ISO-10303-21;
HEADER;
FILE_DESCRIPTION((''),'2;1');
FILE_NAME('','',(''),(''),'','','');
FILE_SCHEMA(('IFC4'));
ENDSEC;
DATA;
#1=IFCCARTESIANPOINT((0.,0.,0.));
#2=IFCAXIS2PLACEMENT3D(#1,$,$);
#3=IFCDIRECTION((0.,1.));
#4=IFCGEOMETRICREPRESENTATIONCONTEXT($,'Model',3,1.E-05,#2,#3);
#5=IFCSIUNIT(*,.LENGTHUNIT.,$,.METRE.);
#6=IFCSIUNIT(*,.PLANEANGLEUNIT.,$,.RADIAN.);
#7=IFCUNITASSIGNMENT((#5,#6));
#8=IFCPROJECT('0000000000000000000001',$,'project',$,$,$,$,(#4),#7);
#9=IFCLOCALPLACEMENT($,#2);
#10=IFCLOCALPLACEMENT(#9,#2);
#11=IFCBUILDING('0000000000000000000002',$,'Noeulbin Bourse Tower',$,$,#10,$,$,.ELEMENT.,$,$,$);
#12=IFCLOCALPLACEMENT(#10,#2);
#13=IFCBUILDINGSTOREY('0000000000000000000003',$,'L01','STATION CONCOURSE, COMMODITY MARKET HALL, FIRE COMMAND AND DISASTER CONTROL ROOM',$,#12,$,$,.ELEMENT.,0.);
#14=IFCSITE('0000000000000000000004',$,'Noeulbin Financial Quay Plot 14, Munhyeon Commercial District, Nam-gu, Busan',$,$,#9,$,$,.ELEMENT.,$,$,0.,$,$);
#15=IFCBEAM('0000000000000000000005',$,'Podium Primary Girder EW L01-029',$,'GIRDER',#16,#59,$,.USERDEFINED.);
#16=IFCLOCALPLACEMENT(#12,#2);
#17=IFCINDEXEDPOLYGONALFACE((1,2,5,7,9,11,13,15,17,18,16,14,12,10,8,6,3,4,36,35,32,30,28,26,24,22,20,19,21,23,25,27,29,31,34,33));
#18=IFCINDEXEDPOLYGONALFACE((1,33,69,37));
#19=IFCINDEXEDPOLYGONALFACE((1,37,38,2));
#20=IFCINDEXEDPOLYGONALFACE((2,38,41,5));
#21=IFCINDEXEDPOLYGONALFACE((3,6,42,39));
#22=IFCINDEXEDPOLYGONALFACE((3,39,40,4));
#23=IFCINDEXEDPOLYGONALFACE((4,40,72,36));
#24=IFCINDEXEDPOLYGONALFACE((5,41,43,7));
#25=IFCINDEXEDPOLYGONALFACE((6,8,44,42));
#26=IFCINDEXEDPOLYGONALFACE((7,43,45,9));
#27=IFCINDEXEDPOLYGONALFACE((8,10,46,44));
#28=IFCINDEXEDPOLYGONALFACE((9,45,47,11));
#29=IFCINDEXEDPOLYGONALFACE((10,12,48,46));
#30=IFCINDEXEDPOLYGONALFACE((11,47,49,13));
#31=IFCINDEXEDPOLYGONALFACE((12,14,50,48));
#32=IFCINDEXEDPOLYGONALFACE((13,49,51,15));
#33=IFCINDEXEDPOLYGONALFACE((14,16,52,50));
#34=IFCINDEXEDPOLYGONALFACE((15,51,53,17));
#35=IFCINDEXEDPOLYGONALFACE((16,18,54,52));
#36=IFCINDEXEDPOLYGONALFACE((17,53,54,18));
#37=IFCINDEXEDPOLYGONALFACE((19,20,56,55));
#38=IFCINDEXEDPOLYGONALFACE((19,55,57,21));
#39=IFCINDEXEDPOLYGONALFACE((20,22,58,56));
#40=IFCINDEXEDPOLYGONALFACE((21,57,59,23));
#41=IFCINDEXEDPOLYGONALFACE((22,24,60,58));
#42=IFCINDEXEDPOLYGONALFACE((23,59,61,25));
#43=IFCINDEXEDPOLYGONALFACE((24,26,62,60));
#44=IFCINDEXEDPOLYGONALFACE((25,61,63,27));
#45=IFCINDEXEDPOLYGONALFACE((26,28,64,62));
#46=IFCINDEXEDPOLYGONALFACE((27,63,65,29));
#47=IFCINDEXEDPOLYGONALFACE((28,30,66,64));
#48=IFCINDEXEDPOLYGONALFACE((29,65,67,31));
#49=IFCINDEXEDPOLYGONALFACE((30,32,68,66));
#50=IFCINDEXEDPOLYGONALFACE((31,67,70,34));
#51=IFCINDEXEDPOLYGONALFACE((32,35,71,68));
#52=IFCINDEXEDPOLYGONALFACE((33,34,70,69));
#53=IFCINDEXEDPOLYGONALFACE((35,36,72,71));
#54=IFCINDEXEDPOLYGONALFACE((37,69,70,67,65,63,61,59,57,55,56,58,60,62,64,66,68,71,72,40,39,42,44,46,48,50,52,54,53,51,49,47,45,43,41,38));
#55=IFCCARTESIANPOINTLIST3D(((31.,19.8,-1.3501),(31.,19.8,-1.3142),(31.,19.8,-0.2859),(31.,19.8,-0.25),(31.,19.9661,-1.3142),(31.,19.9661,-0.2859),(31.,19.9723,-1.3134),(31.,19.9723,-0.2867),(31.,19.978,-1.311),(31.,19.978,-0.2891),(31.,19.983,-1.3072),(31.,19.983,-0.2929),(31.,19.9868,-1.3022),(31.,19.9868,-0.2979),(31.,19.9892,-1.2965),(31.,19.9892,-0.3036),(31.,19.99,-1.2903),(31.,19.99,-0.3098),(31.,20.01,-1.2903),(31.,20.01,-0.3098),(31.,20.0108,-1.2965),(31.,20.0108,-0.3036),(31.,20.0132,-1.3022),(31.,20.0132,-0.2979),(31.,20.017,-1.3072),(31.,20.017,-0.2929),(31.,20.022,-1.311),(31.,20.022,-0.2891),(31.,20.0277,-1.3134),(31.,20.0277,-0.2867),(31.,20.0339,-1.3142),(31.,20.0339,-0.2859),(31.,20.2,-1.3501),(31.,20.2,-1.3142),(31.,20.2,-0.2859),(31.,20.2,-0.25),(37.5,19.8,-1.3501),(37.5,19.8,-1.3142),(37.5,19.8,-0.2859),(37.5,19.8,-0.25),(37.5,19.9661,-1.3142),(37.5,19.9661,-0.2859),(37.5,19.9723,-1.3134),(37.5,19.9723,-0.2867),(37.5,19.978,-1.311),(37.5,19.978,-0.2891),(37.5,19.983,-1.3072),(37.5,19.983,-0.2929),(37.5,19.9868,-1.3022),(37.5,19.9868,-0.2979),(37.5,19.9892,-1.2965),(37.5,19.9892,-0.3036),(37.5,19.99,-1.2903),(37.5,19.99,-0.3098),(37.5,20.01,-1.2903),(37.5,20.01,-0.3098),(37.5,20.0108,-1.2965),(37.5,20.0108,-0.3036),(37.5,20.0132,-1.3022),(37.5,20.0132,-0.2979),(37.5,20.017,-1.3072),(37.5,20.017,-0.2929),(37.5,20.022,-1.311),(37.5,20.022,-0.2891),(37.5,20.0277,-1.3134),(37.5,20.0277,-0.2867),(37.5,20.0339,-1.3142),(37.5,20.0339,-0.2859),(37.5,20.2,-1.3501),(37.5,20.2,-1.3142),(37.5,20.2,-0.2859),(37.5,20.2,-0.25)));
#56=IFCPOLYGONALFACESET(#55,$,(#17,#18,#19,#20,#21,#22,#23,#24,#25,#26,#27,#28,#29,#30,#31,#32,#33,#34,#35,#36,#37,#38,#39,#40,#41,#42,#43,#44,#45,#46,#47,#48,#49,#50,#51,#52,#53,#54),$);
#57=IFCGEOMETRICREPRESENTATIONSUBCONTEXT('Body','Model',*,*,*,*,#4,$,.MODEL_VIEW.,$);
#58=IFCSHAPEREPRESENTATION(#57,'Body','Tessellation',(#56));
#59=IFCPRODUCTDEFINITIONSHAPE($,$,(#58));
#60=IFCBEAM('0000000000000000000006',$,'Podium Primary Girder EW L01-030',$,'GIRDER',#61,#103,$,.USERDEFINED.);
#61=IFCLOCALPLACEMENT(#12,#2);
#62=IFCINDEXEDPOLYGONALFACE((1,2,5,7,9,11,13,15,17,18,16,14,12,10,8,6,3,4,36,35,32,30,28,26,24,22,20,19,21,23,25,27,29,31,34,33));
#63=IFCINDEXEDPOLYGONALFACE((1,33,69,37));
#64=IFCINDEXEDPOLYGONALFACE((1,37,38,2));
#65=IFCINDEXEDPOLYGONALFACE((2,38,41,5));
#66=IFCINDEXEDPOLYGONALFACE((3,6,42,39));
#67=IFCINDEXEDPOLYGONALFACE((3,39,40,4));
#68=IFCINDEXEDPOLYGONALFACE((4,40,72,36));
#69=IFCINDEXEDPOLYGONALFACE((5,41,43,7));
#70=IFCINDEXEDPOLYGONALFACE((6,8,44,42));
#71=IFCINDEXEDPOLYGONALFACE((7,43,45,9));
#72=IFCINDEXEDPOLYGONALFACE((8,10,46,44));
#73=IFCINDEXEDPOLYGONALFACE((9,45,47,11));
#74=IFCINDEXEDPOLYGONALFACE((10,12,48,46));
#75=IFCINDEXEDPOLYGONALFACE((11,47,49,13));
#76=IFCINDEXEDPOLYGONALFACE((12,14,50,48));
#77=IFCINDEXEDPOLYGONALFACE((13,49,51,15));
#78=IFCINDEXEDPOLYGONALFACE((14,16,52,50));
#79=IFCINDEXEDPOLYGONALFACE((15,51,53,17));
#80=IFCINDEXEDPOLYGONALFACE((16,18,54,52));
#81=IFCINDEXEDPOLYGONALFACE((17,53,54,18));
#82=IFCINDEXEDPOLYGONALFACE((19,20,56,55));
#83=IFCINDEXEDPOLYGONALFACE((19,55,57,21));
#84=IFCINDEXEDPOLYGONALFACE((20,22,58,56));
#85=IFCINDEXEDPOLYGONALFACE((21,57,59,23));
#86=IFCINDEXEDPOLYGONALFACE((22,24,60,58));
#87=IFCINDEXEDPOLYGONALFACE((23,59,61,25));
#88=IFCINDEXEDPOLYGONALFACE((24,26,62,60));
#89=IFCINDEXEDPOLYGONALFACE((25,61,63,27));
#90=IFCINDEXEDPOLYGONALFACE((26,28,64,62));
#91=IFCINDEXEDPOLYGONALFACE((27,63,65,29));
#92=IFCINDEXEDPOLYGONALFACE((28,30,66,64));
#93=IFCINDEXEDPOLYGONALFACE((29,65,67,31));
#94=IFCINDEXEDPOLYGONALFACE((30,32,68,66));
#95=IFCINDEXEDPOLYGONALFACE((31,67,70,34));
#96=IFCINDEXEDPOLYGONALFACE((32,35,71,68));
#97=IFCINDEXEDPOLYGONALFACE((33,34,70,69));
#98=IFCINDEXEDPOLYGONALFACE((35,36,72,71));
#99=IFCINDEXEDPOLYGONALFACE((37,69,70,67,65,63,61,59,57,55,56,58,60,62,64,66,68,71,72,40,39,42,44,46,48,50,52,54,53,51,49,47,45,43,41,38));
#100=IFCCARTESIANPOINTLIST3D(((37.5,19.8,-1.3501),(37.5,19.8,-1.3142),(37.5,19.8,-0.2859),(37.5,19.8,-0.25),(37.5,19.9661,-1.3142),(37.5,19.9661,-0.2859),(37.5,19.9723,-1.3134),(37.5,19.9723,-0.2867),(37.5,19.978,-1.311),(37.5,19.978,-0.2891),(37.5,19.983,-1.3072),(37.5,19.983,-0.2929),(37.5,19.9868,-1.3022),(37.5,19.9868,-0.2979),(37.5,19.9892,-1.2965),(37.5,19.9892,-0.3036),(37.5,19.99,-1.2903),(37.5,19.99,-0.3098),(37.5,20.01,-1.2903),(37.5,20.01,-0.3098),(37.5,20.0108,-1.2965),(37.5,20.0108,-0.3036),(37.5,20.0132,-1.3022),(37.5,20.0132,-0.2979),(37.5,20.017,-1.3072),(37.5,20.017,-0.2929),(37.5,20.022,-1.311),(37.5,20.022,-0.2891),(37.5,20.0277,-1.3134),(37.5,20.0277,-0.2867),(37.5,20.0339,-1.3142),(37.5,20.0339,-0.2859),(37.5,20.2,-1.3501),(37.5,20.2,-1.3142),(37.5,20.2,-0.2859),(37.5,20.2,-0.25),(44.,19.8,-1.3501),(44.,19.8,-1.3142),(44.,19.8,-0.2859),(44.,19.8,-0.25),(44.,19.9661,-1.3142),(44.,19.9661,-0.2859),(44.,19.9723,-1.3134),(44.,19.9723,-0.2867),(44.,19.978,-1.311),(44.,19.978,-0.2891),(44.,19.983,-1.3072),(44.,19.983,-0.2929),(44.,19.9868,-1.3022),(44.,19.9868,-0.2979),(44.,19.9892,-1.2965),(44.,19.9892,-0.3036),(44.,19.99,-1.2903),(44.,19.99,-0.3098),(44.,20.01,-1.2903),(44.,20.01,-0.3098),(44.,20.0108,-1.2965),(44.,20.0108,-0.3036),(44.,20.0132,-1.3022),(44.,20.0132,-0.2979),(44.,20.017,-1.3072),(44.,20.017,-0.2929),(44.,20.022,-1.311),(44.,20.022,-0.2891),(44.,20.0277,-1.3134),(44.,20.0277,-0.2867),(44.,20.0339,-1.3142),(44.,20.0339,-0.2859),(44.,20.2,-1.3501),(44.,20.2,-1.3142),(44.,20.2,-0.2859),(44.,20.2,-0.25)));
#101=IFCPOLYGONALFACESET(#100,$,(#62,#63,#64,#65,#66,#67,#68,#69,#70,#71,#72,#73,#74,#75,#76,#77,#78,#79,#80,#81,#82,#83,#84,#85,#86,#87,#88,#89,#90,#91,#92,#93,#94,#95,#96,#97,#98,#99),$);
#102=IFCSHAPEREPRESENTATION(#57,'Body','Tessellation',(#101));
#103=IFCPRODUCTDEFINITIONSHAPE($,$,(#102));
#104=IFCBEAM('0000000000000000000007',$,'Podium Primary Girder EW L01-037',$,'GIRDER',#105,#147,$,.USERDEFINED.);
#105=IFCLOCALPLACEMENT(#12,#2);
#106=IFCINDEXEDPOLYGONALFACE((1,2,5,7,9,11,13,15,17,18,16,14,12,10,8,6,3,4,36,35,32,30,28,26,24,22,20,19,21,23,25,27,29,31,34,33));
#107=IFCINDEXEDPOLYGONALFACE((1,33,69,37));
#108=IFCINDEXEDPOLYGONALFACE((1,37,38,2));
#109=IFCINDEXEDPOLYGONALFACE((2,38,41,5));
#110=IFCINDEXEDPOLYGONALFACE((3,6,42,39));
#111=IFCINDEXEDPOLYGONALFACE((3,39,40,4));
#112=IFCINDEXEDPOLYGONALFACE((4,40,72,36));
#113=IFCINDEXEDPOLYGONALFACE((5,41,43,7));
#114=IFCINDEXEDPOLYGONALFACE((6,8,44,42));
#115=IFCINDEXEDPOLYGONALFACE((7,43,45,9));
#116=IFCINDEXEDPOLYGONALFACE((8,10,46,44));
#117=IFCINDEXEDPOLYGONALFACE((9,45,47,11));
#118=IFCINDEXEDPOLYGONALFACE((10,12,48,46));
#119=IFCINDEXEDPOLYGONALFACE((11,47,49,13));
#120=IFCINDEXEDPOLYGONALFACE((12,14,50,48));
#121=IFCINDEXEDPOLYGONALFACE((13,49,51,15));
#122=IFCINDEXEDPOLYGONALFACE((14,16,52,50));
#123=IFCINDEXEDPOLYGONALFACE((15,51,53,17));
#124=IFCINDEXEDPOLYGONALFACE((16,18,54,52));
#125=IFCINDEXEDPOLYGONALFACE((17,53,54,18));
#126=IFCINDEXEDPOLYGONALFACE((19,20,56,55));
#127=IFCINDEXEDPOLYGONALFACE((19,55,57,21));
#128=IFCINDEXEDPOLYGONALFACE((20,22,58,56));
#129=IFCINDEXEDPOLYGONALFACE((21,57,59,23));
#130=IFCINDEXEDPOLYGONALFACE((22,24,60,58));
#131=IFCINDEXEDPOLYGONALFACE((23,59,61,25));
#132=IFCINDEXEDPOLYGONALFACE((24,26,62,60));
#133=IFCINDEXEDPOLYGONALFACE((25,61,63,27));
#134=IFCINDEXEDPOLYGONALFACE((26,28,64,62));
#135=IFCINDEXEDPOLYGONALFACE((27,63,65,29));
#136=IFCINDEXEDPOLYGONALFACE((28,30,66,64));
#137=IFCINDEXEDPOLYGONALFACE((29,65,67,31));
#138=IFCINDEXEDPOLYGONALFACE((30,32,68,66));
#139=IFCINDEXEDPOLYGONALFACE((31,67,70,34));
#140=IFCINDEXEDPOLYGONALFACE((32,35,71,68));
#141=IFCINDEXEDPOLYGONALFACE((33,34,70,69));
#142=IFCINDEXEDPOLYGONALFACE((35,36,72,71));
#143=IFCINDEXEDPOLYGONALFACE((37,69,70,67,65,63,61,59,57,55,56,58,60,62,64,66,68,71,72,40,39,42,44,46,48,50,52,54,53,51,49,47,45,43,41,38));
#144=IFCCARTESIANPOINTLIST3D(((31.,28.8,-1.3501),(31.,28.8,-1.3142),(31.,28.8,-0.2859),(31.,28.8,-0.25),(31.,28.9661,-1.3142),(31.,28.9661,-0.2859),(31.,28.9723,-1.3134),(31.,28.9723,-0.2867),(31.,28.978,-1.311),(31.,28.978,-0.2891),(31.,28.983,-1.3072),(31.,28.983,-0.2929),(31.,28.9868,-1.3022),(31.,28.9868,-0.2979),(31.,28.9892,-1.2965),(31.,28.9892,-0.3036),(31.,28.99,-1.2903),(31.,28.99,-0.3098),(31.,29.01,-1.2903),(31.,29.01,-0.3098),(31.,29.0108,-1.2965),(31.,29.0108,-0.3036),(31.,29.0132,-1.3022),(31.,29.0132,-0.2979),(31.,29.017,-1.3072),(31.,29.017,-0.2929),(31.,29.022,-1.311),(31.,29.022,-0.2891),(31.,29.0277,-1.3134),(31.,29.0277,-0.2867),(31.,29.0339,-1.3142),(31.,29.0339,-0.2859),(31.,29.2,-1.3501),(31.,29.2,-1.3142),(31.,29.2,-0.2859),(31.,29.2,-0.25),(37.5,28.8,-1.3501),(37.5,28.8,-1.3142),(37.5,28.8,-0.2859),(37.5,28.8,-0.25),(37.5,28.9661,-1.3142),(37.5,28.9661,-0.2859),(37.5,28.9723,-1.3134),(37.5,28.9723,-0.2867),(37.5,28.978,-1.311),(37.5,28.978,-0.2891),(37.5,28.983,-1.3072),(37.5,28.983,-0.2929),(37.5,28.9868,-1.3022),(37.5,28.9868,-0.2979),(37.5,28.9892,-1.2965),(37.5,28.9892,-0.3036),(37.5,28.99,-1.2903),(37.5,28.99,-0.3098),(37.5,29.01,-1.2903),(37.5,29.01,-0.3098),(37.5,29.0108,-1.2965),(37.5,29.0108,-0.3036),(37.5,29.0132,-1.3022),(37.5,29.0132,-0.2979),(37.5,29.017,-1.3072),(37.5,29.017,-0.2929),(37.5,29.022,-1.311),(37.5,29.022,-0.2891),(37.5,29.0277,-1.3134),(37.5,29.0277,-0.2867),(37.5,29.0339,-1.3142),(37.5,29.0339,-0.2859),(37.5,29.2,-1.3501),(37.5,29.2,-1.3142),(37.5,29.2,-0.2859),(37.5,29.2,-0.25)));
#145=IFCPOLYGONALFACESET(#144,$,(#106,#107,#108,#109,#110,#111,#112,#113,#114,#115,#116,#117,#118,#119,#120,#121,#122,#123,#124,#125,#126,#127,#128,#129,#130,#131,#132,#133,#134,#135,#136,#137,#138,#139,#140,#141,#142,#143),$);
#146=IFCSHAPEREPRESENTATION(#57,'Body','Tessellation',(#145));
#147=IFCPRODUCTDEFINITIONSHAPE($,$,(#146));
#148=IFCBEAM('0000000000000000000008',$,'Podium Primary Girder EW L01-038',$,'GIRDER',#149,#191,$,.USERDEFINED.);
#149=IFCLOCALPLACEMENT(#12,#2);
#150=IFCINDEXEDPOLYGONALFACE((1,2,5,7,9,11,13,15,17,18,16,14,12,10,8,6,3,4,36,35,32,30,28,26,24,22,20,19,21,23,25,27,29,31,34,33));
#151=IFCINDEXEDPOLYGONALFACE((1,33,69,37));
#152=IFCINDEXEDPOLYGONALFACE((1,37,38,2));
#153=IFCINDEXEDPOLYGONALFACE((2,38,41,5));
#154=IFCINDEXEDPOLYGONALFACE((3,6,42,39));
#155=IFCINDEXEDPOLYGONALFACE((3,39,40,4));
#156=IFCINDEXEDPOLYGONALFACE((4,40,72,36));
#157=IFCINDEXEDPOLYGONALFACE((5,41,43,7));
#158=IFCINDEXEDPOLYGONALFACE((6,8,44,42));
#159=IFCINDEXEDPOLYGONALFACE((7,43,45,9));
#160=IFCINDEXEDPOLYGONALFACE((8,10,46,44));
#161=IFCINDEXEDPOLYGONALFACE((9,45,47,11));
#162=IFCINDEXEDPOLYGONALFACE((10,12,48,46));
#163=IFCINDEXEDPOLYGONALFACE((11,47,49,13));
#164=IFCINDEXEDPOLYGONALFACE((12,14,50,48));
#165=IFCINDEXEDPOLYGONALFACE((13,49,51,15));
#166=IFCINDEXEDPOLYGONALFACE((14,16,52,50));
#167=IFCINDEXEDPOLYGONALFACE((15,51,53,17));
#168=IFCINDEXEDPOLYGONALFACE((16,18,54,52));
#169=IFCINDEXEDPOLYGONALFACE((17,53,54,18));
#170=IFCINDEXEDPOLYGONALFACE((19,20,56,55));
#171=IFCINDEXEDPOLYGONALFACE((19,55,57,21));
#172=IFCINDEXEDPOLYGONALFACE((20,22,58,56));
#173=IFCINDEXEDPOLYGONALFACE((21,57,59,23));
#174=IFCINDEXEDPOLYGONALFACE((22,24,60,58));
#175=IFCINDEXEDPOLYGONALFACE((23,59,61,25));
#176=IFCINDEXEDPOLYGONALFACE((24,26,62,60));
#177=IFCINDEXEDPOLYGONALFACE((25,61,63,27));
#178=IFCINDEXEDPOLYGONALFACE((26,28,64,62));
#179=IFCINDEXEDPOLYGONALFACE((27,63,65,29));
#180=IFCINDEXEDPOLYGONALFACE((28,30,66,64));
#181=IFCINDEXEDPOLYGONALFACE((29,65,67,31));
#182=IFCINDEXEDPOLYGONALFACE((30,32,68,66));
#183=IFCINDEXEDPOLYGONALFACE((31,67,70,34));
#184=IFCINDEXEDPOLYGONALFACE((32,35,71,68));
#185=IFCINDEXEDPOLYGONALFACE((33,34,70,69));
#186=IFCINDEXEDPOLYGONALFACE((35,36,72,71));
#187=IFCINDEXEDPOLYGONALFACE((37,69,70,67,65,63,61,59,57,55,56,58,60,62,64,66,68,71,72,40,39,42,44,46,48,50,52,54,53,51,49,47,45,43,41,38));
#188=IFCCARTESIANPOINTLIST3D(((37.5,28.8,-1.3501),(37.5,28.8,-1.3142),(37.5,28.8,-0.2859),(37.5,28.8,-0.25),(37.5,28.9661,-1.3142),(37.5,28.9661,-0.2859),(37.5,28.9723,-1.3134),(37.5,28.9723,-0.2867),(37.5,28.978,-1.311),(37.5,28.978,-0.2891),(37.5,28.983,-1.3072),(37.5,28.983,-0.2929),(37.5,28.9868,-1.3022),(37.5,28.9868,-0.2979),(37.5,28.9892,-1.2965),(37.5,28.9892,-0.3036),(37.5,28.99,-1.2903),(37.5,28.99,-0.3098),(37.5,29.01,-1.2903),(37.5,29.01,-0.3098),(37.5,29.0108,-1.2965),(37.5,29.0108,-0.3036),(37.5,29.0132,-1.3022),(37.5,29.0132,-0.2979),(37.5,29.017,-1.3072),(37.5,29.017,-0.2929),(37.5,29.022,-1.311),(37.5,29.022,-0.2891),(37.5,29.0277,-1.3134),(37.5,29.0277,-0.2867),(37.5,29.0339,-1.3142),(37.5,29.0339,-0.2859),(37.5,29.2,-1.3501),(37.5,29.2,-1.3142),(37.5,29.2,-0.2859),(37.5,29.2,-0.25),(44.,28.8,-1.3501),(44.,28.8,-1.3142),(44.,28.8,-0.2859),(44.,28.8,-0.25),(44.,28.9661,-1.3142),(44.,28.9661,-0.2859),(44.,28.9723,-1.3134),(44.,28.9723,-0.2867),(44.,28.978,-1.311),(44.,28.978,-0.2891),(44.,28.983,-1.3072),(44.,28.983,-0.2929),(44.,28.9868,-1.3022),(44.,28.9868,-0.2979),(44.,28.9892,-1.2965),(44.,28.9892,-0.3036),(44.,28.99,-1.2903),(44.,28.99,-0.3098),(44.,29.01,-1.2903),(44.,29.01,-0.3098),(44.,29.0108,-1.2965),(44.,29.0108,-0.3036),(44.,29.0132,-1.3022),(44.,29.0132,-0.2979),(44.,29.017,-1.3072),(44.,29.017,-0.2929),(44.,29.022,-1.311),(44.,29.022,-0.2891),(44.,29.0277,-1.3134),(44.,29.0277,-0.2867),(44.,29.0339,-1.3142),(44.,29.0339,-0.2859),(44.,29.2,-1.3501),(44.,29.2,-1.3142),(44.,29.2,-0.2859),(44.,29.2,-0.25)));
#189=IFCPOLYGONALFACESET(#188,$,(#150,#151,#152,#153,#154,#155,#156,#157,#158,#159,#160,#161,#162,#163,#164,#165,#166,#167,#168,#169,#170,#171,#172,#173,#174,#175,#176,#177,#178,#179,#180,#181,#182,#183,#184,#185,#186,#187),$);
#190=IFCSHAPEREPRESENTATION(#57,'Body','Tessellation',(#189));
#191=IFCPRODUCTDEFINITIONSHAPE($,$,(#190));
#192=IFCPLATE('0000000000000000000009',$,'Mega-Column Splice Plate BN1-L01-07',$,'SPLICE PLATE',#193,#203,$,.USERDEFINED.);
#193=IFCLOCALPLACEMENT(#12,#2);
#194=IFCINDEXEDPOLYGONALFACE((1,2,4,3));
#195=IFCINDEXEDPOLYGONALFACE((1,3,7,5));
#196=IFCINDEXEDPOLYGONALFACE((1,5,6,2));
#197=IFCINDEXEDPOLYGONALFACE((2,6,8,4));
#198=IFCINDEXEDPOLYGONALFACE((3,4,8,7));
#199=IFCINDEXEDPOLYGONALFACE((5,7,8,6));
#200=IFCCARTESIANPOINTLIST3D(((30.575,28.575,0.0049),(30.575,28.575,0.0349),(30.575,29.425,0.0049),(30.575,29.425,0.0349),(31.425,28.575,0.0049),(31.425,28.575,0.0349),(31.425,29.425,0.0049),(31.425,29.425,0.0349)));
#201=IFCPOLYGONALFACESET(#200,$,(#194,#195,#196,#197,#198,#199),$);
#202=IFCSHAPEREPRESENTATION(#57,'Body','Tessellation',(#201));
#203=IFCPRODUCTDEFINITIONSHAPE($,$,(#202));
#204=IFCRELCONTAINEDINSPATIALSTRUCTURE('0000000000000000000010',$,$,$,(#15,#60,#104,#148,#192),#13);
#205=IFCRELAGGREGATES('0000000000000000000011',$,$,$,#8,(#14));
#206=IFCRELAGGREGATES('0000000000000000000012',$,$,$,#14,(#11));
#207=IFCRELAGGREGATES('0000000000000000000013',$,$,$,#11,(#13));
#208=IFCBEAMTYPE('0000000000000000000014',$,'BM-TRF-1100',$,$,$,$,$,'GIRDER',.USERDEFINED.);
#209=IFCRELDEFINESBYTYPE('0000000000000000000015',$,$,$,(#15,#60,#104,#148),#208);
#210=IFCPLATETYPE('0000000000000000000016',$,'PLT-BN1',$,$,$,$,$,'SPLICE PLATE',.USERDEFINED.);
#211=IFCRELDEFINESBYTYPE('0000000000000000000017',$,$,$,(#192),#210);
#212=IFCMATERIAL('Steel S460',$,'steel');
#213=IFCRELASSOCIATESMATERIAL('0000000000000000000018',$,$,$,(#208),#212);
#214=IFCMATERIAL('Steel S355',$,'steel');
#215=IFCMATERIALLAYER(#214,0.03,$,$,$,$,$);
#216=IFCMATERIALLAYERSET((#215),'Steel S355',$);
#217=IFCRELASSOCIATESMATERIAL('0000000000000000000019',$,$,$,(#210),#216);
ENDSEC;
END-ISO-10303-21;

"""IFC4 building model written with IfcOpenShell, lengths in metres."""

from ifc_helpers import new_model, si_unit, direction, frame, origin, origin_2d, place, context, subcontext, project, spatial, rectangle, i_section, extrude, material, layer, layer_set, material_profile, profile_set, type_object, element, save


model = new_model("IFC4")

# Units and contexts
model_context = context("Model", 3, precision=1e-05, world=origin(), true_north=direction((0.0, 1.0)))
body_context = subcontext(model_context, "Body", "Model", "MODEL_VIEW")
ifc_project = project(units=[si_unit("LENGTHUNIT", "METRE"), si_unit("PLANEANGLEUNIT", "RADIAN")], contexts=[model_context])

# Site, building, storey
site_placement = place(None, origin())
site = spatial("IfcSite", under=ifc_project, at=site_placement, Name="Noeulbin Financial Quay Plot 14, Munhyeon Commercial District, Nam-gu, Busan", CompositionType="ELEMENT", RefElevation=0.0)
building_placement = place(site_placement, origin())
building = spatial("IfcBuilding", under=site, at=building_placement, Name="Noeulbin Bourse Tower", CompositionType="ELEMENT")
storey_placement = place(building_placement, origin())
storey = spatial("IfcBuildingStorey", under=building, at=storey_placement, Name="L01", Description="STATION CONCOURSE, COMMODITY MARKET HALL, FIRE COMMAND AND DISASTER CONTROL ROOM", CompositionType="ELEMENT", Elevation=0.0)

# Shared definitions
ifc_material_1 = material(Name="Steel S460", Category="steel")

# Beams
ifc_material_2 = material(Name="Steel S355", Category="steel")
ifc_material_profile_1 = material_profile(ifc_material_1, i_section(OverallWidth=0.3999, OverallDepth=1.1001, WebThickness=0.02, FlangeThickness=0.0359, FilletRadius=0.0239, at=origin_2d()), Name="PG-1100x400x20x36", Category="LoadBearing")
ifc_profile_set_1 = profile_set([ifc_material_profile_1], Name="Steel S460")
beam_type_1 = type_object("IfcBeamType", Name="BM-TRF-1100", ElementType="GIRDER", PredefinedType="USERDEFINED", material=ifc_profile_set_1)
for number, where, z_axis, x_axis, name in (
    (1, (31.0, 20.0, -0.8), (1.0, 0.0, 0.0), (0.0, 1.0, 0.0), "Podium Primary Girder EW L01-029"),
    (2, (37.5, 20.0, -0.8), (1.0, 0.0, 0.0), (0.0, 1.0, 0.0), "Podium Primary Girder EW L01-030"),
    (3, (31.0, 29.0, -0.8), (1.0, 0.0, 0.0), (0.0, 1.0, 0.0), "Podium Primary Girder EW L01-037"),
    (4, (37.5, 29.0, -0.8), (1.0, 0.0, 0.0), (0.0, 1.0, 0.0), "Podium Primary Girder EW L01-038"),
):
    element("IfcBeam", number, at=place(storey_placement, frame(where, z_axis=z_axis, x_axis=x_axis)), inside=storey, type_object=beam_type_1, Name=name, ObjectType="GIRDER", PredefinedType="USERDEFINED", context=body_context, shape_type="SweptSolid", body=[
        extrude(i_section(OverallWidth=0.3999, OverallDepth=1.1001, WebThickness=0.02, FlangeThickness=0.0359, FilletRadius=0.0239, at=origin_2d()), origin(), (0.0, 0.0, 1.0), 6.5),
    ])

# Plate
ifc_layer = layer(ifc_material_2, 0.03)
ifc_layer_set = layer_set([ifc_layer], Name="Steel S355")
plate_type = type_object("IfcPlateType", Name="PLT-BN1", ElementType="SPLICE PLATE", PredefinedType="USERDEFINED", material=ifc_layer_set)
for number, where, z_axis, x_axis, name in (
    (5, (31.0, 29.0, 0.0049), (0.0, 0.0, 1.0), (1.0, 0.0, 0.0), "Mega-Column Splice Plate BN1-L01-07"),
):
    element("IfcPlate", number, at=place(storey_placement, frame(where, z_axis=z_axis, x_axis=x_axis)), inside=storey, type_object=plate_type, Name=name, ObjectType="SPLICE PLATE", PredefinedType="USERDEFINED", context=body_context, shape_type="SweptSolid", body=[
        extrude(rectangle(XDim=0.8501, YDim=0.8501, at=origin_2d()), origin(), (0.0, 0.0, 1.0), 0.03),
    ])

save(model, "model.ifc")
